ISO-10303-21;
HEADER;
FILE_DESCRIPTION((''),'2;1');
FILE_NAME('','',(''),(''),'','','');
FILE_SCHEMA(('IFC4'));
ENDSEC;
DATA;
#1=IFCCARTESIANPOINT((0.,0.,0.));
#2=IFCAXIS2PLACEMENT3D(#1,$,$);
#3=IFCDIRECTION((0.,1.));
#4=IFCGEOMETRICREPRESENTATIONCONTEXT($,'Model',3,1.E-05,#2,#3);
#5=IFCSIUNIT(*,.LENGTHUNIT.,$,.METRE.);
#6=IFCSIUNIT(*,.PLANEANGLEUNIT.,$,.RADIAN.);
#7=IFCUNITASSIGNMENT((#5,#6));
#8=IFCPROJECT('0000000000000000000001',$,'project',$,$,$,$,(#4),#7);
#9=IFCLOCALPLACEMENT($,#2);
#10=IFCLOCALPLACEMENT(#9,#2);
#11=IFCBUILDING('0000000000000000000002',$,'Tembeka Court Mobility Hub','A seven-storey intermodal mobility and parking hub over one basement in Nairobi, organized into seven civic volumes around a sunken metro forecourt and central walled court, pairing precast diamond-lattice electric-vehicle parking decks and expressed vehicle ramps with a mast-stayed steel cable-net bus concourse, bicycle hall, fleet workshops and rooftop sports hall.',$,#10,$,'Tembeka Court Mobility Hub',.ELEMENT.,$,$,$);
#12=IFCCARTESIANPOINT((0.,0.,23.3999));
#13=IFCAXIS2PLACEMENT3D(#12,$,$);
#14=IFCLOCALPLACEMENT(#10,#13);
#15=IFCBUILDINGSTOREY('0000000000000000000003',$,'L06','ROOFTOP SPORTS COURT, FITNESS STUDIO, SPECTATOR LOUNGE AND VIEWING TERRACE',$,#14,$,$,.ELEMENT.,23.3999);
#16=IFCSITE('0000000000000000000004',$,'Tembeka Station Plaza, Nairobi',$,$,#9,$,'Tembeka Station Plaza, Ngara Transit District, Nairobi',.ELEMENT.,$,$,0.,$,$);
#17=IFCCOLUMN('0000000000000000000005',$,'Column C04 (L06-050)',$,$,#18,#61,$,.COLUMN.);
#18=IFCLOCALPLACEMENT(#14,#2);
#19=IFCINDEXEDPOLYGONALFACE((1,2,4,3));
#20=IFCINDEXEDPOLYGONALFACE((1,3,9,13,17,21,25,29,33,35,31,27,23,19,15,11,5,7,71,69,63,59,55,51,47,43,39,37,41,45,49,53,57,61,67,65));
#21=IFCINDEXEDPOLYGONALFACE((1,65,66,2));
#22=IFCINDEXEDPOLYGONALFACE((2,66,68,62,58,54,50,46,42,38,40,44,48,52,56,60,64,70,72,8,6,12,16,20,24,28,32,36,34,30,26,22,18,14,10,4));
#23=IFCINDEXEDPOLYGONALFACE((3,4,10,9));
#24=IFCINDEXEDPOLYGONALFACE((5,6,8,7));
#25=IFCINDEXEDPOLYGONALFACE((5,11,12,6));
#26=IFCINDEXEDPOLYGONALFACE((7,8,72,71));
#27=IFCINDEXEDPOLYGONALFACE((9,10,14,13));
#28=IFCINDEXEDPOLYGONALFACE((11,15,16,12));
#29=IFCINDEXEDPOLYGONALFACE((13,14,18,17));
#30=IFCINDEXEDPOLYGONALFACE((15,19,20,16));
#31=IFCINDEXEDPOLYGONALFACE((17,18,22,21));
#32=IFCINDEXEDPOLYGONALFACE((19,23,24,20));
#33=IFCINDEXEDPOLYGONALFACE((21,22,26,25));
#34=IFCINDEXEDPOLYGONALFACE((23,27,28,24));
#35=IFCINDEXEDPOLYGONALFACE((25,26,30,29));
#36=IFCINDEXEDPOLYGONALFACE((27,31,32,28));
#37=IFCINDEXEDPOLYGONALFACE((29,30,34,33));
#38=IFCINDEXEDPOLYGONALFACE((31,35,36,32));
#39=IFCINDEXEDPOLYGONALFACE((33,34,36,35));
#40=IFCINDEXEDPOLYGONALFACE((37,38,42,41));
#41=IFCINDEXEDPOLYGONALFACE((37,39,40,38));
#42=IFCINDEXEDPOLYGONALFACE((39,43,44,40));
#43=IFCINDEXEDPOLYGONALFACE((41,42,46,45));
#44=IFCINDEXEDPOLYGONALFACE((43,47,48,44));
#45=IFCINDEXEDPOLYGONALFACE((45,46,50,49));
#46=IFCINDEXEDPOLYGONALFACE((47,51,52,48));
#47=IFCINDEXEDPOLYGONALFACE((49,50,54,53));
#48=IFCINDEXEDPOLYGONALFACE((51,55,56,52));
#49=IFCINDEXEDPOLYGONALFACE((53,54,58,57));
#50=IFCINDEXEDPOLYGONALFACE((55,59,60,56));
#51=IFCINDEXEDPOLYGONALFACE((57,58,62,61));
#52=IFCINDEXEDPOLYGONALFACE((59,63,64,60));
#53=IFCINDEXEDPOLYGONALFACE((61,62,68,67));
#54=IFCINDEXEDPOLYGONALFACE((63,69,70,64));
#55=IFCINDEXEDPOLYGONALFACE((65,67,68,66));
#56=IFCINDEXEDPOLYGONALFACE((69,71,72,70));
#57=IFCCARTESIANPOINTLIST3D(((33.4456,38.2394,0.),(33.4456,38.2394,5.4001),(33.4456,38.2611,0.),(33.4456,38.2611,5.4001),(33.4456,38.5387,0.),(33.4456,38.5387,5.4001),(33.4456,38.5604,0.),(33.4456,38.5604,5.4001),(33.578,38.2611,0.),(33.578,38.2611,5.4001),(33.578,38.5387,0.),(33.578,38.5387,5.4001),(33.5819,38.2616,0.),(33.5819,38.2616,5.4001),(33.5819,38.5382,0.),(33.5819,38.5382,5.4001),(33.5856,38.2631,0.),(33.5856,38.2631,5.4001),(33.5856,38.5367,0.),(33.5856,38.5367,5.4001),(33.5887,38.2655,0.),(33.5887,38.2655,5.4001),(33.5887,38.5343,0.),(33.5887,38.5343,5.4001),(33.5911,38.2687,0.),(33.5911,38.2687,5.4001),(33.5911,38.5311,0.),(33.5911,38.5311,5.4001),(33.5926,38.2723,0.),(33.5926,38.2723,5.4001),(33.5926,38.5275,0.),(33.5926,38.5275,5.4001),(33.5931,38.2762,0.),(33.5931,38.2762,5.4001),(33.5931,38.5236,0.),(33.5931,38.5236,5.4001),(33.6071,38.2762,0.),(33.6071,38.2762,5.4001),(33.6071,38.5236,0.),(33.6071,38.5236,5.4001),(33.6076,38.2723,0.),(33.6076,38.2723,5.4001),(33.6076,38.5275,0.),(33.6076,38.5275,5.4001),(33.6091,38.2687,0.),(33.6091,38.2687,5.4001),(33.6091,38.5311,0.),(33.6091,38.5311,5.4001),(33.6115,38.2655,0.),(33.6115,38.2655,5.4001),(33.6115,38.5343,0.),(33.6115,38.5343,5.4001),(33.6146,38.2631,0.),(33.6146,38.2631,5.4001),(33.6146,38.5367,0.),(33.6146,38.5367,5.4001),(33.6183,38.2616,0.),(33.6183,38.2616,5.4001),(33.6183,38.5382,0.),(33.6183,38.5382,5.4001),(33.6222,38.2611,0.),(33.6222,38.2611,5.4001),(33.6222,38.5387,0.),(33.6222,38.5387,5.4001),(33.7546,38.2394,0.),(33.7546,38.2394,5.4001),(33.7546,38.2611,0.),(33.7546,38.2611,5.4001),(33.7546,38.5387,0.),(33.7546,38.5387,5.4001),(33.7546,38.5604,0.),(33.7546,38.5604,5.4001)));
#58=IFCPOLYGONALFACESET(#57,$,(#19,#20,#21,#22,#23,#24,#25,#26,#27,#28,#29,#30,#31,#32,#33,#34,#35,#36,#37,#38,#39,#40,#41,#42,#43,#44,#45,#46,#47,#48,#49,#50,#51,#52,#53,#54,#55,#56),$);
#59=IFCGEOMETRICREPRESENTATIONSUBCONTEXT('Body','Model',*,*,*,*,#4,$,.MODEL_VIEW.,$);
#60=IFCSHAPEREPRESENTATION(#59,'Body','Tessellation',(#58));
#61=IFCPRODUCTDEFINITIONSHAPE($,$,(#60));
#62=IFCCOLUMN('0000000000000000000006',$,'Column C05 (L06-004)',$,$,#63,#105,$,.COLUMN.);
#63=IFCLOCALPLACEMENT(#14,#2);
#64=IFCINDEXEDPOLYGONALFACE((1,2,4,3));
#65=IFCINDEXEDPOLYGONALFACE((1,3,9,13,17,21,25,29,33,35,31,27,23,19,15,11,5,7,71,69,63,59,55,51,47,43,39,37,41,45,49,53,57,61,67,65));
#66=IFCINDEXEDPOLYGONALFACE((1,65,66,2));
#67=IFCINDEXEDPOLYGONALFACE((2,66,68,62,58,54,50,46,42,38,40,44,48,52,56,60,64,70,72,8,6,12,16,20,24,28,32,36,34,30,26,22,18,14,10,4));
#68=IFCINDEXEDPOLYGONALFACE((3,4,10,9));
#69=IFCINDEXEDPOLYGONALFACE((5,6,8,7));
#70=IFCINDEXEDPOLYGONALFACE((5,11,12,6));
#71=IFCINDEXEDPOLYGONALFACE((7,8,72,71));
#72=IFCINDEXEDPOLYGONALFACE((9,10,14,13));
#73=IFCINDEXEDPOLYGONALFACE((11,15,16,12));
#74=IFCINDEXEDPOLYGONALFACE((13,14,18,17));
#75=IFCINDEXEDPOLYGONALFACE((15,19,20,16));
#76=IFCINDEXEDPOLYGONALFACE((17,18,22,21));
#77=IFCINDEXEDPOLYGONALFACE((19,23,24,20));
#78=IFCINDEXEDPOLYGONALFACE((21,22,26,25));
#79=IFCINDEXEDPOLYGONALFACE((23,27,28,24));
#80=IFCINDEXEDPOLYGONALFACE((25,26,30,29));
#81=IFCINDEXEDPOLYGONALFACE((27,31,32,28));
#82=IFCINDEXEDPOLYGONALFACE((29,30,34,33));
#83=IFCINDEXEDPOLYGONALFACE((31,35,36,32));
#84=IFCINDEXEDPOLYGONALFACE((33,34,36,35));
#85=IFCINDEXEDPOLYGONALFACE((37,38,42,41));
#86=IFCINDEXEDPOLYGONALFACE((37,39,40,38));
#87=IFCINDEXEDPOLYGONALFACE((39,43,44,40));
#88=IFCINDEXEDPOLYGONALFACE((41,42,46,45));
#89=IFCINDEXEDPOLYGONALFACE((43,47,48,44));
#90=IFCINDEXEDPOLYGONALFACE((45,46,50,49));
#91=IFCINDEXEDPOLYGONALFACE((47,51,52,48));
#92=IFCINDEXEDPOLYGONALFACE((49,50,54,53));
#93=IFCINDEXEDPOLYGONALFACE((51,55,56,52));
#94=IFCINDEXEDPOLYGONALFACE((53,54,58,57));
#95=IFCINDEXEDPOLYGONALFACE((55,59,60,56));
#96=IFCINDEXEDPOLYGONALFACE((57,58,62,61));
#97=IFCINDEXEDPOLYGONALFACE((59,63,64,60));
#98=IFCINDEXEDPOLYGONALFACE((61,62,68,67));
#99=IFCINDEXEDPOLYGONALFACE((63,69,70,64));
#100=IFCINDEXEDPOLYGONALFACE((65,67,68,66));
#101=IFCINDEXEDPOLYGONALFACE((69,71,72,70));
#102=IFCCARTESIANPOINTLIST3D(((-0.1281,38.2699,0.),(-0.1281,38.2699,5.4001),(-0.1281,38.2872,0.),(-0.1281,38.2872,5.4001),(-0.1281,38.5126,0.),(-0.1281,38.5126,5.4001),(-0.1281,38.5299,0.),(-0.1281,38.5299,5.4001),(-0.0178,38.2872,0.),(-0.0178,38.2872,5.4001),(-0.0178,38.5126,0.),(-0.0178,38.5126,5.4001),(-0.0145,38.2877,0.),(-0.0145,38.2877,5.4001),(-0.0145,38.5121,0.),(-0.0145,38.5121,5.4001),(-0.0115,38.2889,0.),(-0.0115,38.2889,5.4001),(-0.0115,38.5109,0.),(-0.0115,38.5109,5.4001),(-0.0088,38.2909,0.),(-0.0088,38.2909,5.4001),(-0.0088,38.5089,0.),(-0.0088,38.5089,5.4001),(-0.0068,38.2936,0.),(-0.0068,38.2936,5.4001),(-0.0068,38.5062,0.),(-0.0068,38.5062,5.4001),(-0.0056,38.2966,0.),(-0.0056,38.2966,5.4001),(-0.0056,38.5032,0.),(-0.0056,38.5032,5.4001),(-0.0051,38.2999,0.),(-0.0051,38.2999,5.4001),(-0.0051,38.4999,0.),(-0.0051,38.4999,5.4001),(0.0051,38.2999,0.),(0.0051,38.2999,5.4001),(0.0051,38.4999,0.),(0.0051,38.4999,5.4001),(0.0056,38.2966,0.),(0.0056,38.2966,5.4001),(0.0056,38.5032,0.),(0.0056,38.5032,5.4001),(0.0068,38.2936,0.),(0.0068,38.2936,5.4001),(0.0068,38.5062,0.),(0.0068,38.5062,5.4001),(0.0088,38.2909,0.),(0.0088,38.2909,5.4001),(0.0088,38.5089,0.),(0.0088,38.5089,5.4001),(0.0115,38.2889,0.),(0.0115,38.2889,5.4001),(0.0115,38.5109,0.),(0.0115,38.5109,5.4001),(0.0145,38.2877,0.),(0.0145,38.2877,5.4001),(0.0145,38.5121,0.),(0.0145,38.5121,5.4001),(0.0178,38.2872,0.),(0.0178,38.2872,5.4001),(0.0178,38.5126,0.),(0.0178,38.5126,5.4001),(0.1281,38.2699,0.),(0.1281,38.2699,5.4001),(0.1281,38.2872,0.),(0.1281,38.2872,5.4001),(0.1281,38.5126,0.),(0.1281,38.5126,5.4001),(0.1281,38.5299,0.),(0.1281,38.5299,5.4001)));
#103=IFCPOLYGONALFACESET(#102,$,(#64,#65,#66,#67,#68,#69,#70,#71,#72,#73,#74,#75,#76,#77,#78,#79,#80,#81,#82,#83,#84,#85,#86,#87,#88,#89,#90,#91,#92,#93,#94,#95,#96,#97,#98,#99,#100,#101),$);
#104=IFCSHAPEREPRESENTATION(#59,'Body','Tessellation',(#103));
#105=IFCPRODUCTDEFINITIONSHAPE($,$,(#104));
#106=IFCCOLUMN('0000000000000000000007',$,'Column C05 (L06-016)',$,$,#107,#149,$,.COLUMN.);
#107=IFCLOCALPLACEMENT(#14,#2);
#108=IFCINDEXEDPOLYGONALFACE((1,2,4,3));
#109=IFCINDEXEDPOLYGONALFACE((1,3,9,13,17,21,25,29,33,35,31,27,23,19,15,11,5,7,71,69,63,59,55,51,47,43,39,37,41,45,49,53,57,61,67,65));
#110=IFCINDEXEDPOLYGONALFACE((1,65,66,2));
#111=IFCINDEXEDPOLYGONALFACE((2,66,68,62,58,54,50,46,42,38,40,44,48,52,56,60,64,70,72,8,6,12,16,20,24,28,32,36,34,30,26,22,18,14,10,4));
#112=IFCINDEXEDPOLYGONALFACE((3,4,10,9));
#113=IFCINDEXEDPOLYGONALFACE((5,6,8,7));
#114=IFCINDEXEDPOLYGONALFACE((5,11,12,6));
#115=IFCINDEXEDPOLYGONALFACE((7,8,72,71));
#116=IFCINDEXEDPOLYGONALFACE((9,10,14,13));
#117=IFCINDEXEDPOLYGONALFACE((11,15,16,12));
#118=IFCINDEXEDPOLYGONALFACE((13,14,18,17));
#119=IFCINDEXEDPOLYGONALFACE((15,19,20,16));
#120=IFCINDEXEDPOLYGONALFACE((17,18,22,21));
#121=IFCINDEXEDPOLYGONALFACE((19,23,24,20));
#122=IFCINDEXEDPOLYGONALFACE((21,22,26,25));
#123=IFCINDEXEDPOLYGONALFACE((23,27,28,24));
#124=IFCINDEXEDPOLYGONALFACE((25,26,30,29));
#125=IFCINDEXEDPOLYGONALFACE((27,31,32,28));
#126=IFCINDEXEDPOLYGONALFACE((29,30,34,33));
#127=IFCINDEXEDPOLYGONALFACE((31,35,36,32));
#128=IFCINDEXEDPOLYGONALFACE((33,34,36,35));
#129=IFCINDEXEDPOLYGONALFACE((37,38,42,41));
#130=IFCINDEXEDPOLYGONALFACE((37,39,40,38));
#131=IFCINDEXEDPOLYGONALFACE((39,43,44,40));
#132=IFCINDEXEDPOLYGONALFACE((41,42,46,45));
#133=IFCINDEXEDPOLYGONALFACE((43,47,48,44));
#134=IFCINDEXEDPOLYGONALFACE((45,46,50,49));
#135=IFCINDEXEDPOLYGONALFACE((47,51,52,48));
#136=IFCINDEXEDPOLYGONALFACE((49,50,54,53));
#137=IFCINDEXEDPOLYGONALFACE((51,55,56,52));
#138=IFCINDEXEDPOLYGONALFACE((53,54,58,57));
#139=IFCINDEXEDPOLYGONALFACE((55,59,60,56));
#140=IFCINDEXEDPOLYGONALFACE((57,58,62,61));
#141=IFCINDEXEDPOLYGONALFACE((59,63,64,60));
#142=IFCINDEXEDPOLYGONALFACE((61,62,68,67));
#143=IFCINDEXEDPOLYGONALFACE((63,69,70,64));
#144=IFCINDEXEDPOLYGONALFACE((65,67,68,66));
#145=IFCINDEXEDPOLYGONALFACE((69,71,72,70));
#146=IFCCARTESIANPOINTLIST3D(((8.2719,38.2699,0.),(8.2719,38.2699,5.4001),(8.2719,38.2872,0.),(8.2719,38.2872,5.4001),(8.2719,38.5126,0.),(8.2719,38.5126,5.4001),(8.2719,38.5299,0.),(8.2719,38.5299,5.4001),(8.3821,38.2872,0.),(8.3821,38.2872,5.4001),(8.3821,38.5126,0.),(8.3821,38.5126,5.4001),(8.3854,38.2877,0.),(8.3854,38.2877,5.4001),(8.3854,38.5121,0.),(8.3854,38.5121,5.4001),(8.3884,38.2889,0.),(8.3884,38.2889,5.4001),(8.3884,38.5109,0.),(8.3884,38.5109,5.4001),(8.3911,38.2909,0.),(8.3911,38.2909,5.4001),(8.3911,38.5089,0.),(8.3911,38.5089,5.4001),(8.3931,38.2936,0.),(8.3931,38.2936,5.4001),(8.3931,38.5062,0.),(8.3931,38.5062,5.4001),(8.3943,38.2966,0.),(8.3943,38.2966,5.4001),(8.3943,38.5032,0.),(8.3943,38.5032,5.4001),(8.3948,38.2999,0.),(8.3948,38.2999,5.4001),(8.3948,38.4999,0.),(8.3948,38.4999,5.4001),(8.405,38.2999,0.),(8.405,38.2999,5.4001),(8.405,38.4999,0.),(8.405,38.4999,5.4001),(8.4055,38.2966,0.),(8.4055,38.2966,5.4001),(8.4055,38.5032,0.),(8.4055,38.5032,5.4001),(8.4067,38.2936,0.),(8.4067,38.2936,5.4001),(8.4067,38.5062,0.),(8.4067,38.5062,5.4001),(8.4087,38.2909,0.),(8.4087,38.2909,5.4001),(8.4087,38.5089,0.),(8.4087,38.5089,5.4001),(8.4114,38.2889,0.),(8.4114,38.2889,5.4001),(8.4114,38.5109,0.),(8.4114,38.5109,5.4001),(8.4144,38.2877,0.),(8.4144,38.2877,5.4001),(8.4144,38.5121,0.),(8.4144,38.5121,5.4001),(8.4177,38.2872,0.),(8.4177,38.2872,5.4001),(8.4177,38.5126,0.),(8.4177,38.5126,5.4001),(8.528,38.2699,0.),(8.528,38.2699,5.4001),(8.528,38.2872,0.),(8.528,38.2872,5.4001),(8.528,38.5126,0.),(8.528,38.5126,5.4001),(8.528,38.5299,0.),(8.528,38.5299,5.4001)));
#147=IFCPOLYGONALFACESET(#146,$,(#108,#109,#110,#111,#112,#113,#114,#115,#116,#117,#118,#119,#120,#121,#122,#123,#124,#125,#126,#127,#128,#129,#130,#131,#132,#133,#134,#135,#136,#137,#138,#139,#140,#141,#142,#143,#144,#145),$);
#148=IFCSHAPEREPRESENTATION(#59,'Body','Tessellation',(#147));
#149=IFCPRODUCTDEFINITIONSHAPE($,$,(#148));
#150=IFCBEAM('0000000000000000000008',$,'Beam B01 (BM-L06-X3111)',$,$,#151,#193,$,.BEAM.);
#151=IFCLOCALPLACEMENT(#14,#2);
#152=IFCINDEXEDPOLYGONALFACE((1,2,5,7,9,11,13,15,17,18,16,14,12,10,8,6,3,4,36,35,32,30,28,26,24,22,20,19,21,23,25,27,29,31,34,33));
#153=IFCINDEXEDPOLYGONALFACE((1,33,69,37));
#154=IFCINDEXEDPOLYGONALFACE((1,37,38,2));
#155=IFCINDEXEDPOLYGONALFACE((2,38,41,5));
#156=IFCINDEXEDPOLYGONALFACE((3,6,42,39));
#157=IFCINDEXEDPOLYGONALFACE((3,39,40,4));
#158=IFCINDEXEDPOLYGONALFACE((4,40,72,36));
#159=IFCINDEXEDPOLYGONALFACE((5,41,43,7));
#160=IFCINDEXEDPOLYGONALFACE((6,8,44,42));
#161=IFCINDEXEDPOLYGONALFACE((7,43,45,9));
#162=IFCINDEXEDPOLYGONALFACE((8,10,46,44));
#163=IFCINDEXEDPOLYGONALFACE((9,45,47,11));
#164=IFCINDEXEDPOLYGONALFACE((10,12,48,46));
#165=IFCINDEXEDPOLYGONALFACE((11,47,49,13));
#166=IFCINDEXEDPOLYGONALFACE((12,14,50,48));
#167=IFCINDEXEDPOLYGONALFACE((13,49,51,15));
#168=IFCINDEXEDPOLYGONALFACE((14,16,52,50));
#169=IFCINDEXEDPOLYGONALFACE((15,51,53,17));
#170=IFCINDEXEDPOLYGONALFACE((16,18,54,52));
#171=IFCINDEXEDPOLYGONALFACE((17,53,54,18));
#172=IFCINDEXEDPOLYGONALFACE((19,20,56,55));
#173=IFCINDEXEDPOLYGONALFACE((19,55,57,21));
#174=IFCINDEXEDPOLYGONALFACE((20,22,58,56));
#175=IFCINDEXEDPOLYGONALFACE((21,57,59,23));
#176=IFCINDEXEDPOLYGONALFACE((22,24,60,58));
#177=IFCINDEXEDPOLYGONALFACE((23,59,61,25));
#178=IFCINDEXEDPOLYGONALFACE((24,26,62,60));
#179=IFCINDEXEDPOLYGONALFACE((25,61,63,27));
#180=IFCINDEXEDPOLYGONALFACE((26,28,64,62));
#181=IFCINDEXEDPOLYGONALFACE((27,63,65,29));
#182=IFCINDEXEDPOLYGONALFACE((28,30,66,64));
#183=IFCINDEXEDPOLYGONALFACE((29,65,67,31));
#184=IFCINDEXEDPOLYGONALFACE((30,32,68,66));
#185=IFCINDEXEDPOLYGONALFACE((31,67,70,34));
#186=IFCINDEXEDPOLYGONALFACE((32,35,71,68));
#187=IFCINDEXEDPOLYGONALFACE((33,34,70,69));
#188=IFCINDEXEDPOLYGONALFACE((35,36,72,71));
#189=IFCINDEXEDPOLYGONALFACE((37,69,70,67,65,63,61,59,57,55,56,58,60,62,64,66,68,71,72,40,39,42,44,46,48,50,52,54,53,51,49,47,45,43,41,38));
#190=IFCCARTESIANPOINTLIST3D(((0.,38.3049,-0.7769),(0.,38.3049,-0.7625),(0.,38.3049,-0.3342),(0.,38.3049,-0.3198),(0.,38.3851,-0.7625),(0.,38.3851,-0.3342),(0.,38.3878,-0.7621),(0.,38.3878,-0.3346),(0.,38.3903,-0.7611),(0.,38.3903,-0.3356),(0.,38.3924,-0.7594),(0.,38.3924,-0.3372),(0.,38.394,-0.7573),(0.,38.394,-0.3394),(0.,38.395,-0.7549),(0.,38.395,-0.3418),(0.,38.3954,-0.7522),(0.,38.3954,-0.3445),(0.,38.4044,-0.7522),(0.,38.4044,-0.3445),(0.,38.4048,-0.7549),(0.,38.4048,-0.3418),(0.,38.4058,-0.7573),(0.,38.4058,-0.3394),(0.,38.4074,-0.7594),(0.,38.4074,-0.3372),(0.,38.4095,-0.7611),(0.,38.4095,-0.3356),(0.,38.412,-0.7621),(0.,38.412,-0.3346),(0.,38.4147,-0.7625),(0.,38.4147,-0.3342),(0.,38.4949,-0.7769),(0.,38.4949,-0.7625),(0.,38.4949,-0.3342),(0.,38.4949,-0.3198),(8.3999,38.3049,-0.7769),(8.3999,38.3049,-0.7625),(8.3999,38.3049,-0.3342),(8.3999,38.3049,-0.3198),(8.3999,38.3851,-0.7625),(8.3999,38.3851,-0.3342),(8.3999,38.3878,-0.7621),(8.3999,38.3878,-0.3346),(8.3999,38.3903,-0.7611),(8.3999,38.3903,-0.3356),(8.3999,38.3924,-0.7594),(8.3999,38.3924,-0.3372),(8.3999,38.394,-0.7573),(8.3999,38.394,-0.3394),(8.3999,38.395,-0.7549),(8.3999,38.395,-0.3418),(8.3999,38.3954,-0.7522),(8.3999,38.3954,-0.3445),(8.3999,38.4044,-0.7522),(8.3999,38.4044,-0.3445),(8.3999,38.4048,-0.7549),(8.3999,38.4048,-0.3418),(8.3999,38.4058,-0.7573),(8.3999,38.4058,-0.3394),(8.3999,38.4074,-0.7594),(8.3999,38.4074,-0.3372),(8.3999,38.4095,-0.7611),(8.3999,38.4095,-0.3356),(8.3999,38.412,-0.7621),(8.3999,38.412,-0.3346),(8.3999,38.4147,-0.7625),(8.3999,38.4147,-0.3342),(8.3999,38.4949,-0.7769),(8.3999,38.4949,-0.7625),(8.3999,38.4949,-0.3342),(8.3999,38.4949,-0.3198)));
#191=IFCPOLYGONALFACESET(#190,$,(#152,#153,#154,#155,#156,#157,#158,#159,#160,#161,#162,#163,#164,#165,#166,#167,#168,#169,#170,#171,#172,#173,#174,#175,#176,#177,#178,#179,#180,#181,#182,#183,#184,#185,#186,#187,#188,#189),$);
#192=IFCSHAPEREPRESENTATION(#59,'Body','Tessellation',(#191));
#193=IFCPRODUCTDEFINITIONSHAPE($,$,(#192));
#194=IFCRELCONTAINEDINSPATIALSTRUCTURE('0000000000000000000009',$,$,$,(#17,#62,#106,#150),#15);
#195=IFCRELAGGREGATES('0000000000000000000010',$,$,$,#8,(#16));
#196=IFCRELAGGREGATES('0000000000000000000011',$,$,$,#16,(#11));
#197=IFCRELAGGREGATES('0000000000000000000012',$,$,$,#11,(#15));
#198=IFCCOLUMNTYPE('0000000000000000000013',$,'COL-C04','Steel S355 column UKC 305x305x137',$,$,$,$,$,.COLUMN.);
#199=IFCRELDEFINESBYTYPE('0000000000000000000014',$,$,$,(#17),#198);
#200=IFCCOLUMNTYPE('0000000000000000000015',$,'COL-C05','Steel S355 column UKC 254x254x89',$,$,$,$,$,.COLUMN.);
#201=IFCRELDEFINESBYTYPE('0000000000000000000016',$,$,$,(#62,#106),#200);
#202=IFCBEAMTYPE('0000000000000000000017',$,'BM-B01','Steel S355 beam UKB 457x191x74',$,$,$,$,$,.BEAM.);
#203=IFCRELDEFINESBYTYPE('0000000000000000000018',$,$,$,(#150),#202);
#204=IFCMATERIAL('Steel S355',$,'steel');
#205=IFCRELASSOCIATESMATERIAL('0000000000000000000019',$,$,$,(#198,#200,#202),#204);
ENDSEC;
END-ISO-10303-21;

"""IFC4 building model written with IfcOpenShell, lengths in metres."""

from ifc_helpers import new_model, si_unit, direction, frame, origin, origin_2d, place, context, subcontext, project, spatial, i_section, extrude, material, material_profile, profile_set, type_object, element, save


model = new_model("IFC4")

# Units and contexts
model_context = context("Model", 3, precision=1e-05, world=origin(), true_north=direction((0.0, 1.0)))
body_context = subcontext(model_context, "Body", "Model", "MODEL_VIEW")
ifc_project = project(units=[si_unit("LENGTHUNIT", "METRE"), si_unit("PLANEANGLEUNIT", "RADIAN")], contexts=[model_context])

# Site, building, storey
site_placement = place(None, origin())
site = spatial("IfcSite", under=ifc_project, at=site_placement, Name="Tembeka Station Plaza, Nairobi", LongName="Tembeka Station Plaza, Ngara Transit District, Nairobi", CompositionType="ELEMENT", RefElevation=0.0)
building_placement = place(site_placement, origin())
building = spatial("IfcBuilding", under=site, at=building_placement, Name="Tembeka Court Mobility Hub", Description="A seven-storey intermodal mobility and parking hub over one basement in Nairobi, organized into seven civic volumes around a sunken metro forecourt and central walled court, pairing precast diamond-lattice electric-vehicle parking decks and expressed vehicle ramps with a mast-stayed steel cable-net bus concourse, bicycle hall, fleet workshops and rooftop sports hall.", LongName="Tembeka Court Mobility Hub", CompositionType="ELEMENT")
storey_placement = place(building_placement, frame((0.0, 0.0, 23.3999)))
storey = spatial("IfcBuildingStorey", under=building, at=storey_placement, Name="L06", Description="ROOFTOP SPORTS COURT, FITNESS STUDIO, SPECTATOR LOUNGE AND VIEWING TERRACE", CompositionType="ELEMENT", Elevation=23.3999)

# Columns
ifc_material_1 = material(Name="Steel S355", Category="steel")
ifc_material_profile_1 = material_profile(ifc_material_1, i_section(OverallWidth=0.3091, OverallDepth=0.321, WebThickness=0.0139, FlangeThickness=0.0217, FilletRadius=0.0151, at=origin_2d()), Name="UKC 305x305x137")
ifc_profile_set_1 = profile_set([ifc_material_profile_1], Name="Steel S355")
column_type_1 = type_object("IfcColumnType", Name="COL-C04", Description="Steel S355 column UKC 305x305x137", PredefinedType="COLUMN", material=ifc_profile_set_1)
column_placement = place(storey_placement, frame((33.6001, 38.3999, 0.0), z_axis=(0.0, 0.0, 1.0), x_axis=(1.0, 0.0, 0.0)))
element("IfcColumn", 1, at=column_placement, inside=storey, type_object=column_type_1, Name="Column C04 (L06-050)", PredefinedType="COLUMN", context=body_context, shape_type="SweptSolid", body=[
    extrude(i_section(OverallWidth=0.3091, OverallDepth=0.321, WebThickness=0.0139, FlangeThickness=0.0217, FilletRadius=0.0151, at=origin_2d()), origin(), (0.0, 0.0, 1.0), 5.4001),
])
ifc_material_profile_2 = material_profile(ifc_material_1, i_section(OverallWidth=0.2561, OverallDepth=0.26, WebThickness=0.0103, FlangeThickness=0.0173, FilletRadius=0.0127, at=origin_2d()), Name="UKC 254x254x89")
ifc_profile_set_2 = profile_set([ifc_material_profile_2], Name="Steel S355")
column_type_2 = type_object("IfcColumnType", Name="COL-C05", Description="Steel S355 column UKC 254x254x89", PredefinedType="COLUMN", material=ifc_profile_set_2)
for number, where, z_axis, x_axis, name in (
    (2, (0.0, 38.3999, 0.0), (0.0, 0.0, 1.0), (1.0, 0.0, 0.0), "Column C05 (L06-004)"),
    (3, (8.3999, 38.3999, 0.0), (0.0, 0.0, 1.0), (1.0, 0.0, 0.0), "Column C05 (L06-016)"),
):
    element("IfcColumn", number, at=place(storey_placement, frame(where, z_axis=z_axis, x_axis=x_axis)), inside=storey, type_object=column_type_2, Name=name, PredefinedType="COLUMN", context=body_context, shape_type="SweptSolid", body=[
        extrude(i_section(OverallWidth=0.2561, OverallDepth=0.26, WebThickness=0.0103, FlangeThickness=0.0173, FilletRadius=0.0127, at=origin_2d()), origin(), (0.0, 0.0, 1.0), 5.4001),
    ])

# Beam
ifc_material_profile_3 = material_profile(ifc_material_1, i_section(OverallWidth=0.1899, OverallDepth=0.457, WebThickness=0.009, FlangeThickness=0.0144, FilletRadius=0.0103, at=origin_2d()), Name="UKB 457x191x74")
ifc_profile_set_3 = profile_set([ifc_material_profile_3], Name="Steel S355")
beam_type_1 = type_object("IfcBeamType", Name="BM-B01", Description="Steel S355 beam UKB 457x191x74", PredefinedType="BEAM", material=ifc_profile_set_3)
beam_1_placement = place(storey_placement, frame((0.0, 38.3999, -0.5483), z_axis=(1.0, 0.0, 0.0), x_axis=(0.0, 1.0, 0.0)))
element("IfcBeam", 4, at=beam_1_placement, inside=storey, type_object=beam_type_1, Name="Beam B01 (BM-L06-X3111)", PredefinedType="BEAM", context=body_context, shape_type="SweptSolid", body=[
    extrude(i_section(OverallWidth=0.1899, OverallDepth=0.457, WebThickness=0.009, FlangeThickness=0.0144, FilletRadius=0.0103, at=origin_2d()), origin(), (0.0, 0.0, 1.0), 8.3999),
])

save(model, "model.ifc")
